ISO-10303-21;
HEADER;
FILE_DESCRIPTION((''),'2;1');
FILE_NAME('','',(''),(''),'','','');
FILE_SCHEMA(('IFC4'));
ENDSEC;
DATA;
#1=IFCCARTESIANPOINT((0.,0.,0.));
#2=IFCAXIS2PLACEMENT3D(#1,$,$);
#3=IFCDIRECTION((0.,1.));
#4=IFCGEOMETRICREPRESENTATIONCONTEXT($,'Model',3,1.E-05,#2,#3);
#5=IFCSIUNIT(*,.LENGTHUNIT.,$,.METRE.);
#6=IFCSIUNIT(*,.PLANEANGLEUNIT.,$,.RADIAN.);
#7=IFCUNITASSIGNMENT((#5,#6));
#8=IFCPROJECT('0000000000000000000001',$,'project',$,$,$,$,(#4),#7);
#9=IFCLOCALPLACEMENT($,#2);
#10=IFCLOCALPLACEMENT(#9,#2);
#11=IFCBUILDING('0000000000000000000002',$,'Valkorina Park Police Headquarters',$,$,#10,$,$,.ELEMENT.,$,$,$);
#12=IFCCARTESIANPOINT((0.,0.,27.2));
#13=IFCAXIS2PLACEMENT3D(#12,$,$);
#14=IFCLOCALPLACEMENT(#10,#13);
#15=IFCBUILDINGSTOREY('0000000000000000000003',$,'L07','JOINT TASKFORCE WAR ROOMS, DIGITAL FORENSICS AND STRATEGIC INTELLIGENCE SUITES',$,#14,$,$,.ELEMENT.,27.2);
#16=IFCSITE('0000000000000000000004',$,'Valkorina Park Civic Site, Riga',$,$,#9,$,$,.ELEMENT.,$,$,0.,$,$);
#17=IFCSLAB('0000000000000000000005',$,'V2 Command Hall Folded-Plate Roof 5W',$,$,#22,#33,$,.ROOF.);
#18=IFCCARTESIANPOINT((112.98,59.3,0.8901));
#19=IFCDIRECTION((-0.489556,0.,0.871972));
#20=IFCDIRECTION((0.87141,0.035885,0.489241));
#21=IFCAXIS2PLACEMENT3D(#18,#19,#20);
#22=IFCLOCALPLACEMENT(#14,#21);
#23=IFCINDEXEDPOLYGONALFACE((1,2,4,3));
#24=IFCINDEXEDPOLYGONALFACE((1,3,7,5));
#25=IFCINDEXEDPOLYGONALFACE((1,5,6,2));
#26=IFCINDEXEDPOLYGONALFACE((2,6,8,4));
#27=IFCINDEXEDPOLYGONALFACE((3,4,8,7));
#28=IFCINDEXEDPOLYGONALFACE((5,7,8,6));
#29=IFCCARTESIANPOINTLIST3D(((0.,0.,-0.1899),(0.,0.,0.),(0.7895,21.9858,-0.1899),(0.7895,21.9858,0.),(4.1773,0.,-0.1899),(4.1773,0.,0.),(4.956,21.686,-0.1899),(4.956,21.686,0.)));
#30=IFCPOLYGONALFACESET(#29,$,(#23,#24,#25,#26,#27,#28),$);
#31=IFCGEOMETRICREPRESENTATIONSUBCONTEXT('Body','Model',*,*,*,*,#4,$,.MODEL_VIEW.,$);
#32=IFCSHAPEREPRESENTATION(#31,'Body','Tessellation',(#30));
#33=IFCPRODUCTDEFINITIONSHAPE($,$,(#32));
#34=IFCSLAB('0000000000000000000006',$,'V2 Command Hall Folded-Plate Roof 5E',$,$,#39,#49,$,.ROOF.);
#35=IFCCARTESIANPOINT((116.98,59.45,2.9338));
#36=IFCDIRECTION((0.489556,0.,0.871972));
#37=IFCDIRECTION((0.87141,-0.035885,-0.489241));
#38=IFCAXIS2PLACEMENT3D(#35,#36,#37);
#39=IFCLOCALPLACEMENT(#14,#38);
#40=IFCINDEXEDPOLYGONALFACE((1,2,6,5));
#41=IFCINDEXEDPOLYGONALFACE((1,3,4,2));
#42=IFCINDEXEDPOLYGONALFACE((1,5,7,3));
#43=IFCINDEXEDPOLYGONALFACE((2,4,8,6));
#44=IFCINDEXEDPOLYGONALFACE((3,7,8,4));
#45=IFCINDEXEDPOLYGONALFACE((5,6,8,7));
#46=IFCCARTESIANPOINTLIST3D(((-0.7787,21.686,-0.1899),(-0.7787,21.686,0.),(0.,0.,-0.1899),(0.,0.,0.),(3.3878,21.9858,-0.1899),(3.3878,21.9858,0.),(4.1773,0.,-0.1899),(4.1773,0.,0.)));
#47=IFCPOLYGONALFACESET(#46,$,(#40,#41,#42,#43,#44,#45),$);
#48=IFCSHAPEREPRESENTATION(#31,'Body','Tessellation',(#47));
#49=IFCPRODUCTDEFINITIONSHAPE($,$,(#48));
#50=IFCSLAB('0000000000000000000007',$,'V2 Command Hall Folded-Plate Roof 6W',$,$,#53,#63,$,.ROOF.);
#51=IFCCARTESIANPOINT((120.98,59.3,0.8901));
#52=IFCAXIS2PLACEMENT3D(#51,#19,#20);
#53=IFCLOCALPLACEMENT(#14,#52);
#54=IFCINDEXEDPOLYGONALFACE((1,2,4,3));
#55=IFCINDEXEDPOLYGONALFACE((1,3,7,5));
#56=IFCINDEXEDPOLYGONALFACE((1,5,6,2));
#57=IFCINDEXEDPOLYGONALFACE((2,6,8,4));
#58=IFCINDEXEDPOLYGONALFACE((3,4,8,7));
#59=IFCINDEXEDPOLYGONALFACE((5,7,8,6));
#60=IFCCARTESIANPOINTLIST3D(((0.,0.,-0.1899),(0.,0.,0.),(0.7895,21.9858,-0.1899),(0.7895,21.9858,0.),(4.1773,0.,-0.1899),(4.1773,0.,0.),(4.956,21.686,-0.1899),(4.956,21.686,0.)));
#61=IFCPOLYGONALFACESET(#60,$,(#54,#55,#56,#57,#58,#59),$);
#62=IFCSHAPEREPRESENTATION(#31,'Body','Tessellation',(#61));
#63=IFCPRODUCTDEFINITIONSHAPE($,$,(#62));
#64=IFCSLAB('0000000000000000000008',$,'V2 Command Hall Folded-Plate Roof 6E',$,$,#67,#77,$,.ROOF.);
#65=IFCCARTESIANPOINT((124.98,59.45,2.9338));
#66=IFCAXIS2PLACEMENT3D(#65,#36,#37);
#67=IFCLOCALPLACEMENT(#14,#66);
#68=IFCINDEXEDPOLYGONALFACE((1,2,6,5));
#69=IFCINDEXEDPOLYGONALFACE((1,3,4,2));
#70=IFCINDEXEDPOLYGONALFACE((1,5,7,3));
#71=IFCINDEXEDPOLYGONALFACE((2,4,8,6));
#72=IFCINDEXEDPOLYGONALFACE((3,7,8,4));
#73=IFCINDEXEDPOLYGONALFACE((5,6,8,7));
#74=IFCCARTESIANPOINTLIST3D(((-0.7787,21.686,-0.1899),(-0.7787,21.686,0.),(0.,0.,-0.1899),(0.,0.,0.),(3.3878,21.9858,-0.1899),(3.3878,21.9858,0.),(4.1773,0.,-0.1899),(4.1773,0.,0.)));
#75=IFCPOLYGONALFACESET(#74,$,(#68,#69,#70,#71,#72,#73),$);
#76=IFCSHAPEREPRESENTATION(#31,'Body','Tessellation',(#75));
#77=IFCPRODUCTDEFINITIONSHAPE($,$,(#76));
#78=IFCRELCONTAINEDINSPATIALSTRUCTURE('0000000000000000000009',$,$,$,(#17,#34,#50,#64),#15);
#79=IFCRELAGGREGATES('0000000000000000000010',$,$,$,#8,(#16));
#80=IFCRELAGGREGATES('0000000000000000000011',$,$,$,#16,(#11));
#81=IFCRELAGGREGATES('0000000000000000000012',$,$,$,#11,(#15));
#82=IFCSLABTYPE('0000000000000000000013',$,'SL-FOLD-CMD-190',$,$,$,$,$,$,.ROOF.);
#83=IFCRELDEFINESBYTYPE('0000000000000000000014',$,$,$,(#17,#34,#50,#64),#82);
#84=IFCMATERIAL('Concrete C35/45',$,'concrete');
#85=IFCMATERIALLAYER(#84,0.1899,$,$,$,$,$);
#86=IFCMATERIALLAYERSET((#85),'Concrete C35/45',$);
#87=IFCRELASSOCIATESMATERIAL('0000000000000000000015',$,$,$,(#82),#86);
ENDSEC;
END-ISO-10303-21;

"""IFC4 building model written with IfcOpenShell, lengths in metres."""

from ifc_helpers import new_model, si_unit, direction, frame, origin, place, context, subcontext, project, spatial, polyline, outline, extrude, material, layer, layer_set, type_object, element, save


model = new_model("IFC4")

# Units and contexts
model_context = context("Model", 3, precision=1e-05, world=origin(), true_north=direction((0.0, 1.0)))
body_context = subcontext(model_context, "Body", "Model", "MODEL_VIEW")
ifc_project = project(units=[si_unit("LENGTHUNIT", "METRE"), si_unit("PLANEANGLEUNIT", "RADIAN")], contexts=[model_context])

# Site, building, storey
site_placement = place(None, origin())
site = spatial("IfcSite", under=ifc_project, at=site_placement, Name="Valkorina Park Civic Site, Riga", CompositionType="ELEMENT", RefElevation=0.0)
building_placement = place(site_placement, origin())
building = spatial("IfcBuilding", under=site, at=building_placement, Name="Valkorina Park Police Headquarters", CompositionType="ELEMENT")
storey_placement = place(building_placement, frame((0.0, 0.0, 27.2)))
storey = spatial("IfcBuildingStorey", under=building, at=storey_placement, Name="L07", Description="JOINT TASKFORCE WAR ROOMS, DIGITAL FORENSICS AND STRATEGIC INTELLIGENCE SUITES", CompositionType="ELEMENT", Elevation=27.2)

# Slabs
ifc_material_1 = material(Name="Concrete C35/45", Category="concrete")
ifc_layer_1 = layer(ifc_material_1, 0.1899)
ifc_layer_set_1 = layer_set([ifc_layer_1], Name="Concrete C35/45")
slab_type = type_object("IfcSlabType", Name="SL-FOLD-CMD-190", PredefinedType="ROOF", material=ifc_layer_set_1)
slab_1_placement = place(storey_placement, frame((112.98, 59.3, 0.8901), z_axis=(-0.489556, 0.0, 0.871972), x_axis=(0.87141, 0.035885, 0.489241)))
element("IfcSlab", 1, at=slab_1_placement, inside=storey, type_object=slab_type, Name="V2 Command Hall Folded-Plate Roof 5W", PredefinedType="ROOF", context=body_context, shape_type="SweptSolid", body=[
    extrude(outline(polyline([(0.0, 0.0), (4.1773, 0.0), (4.956, 21.686), (0.7895, 21.9858), (0.0, 0.0)])), origin(), (0.0, 0.0, -1.0), 0.1899),
])
slab_2_placement = place(storey_placement, frame((116.98, 59.45, 2.9338), z_axis=(0.489556, 0.0, 0.871972), x_axis=(0.87141, -0.035885, -0.489241)))
element("IfcSlab", 2, at=slab_2_placement, inside=storey, type_object=slab_type, Name="V2 Command Hall Folded-Plate Roof 5E", PredefinedType="ROOF", context=body_context, shape_type="SweptSolid", body=[
    extrude(outline(polyline([(0.0, 0.0), (4.1773, 0.0), (3.3878, 21.9858), (-0.7787, 21.686), (0.0, 0.0)])), origin(), (0.0, 0.0, -1.0), 0.1899),
])
slab_3_placement = place(storey_placement, frame((120.98, 59.3, 0.8901), z_axis=(-0.489556, 0.0, 0.871972), x_axis=(0.87141, 0.035885, 0.489241)))
element("IfcSlab", 3, at=slab_3_placement, inside=storey, type_object=slab_type, Name="V2 Command Hall Folded-Plate Roof 6W", PredefinedType="ROOF", context=body_context, shape_type="SweptSolid", body=[
    extrude(outline(polyline([(0.0, 0.0), (4.1773, 0.0), (4.956, 21.686), (0.7895, 21.9858), (0.0, 0.0)])), origin(), (0.0, 0.0, -1.0), 0.1899),
])
slab_4_placement = place(storey_placement, frame((124.98, 59.45, 2.9338), z_axis=(0.489556, 0.0, 0.871972), x_axis=(0.87141, -0.035885, -0.489241)))
element("IfcSlab", 4, at=slab_4_placement, inside=storey, type_object=slab_type, Name="V2 Command Hall Folded-Plate Roof 6E", PredefinedType="ROOF", context=body_context, shape_type="SweptSolid", body=[
    extrude(outline(polyline([(0.0, 0.0), (4.1773, 0.0), (3.3878, 21.9858), (-0.7787, 21.686), (0.0, 0.0)])), origin(), (0.0, 0.0, -1.0), 0.1899),
])

save(model, "model.ifc")
